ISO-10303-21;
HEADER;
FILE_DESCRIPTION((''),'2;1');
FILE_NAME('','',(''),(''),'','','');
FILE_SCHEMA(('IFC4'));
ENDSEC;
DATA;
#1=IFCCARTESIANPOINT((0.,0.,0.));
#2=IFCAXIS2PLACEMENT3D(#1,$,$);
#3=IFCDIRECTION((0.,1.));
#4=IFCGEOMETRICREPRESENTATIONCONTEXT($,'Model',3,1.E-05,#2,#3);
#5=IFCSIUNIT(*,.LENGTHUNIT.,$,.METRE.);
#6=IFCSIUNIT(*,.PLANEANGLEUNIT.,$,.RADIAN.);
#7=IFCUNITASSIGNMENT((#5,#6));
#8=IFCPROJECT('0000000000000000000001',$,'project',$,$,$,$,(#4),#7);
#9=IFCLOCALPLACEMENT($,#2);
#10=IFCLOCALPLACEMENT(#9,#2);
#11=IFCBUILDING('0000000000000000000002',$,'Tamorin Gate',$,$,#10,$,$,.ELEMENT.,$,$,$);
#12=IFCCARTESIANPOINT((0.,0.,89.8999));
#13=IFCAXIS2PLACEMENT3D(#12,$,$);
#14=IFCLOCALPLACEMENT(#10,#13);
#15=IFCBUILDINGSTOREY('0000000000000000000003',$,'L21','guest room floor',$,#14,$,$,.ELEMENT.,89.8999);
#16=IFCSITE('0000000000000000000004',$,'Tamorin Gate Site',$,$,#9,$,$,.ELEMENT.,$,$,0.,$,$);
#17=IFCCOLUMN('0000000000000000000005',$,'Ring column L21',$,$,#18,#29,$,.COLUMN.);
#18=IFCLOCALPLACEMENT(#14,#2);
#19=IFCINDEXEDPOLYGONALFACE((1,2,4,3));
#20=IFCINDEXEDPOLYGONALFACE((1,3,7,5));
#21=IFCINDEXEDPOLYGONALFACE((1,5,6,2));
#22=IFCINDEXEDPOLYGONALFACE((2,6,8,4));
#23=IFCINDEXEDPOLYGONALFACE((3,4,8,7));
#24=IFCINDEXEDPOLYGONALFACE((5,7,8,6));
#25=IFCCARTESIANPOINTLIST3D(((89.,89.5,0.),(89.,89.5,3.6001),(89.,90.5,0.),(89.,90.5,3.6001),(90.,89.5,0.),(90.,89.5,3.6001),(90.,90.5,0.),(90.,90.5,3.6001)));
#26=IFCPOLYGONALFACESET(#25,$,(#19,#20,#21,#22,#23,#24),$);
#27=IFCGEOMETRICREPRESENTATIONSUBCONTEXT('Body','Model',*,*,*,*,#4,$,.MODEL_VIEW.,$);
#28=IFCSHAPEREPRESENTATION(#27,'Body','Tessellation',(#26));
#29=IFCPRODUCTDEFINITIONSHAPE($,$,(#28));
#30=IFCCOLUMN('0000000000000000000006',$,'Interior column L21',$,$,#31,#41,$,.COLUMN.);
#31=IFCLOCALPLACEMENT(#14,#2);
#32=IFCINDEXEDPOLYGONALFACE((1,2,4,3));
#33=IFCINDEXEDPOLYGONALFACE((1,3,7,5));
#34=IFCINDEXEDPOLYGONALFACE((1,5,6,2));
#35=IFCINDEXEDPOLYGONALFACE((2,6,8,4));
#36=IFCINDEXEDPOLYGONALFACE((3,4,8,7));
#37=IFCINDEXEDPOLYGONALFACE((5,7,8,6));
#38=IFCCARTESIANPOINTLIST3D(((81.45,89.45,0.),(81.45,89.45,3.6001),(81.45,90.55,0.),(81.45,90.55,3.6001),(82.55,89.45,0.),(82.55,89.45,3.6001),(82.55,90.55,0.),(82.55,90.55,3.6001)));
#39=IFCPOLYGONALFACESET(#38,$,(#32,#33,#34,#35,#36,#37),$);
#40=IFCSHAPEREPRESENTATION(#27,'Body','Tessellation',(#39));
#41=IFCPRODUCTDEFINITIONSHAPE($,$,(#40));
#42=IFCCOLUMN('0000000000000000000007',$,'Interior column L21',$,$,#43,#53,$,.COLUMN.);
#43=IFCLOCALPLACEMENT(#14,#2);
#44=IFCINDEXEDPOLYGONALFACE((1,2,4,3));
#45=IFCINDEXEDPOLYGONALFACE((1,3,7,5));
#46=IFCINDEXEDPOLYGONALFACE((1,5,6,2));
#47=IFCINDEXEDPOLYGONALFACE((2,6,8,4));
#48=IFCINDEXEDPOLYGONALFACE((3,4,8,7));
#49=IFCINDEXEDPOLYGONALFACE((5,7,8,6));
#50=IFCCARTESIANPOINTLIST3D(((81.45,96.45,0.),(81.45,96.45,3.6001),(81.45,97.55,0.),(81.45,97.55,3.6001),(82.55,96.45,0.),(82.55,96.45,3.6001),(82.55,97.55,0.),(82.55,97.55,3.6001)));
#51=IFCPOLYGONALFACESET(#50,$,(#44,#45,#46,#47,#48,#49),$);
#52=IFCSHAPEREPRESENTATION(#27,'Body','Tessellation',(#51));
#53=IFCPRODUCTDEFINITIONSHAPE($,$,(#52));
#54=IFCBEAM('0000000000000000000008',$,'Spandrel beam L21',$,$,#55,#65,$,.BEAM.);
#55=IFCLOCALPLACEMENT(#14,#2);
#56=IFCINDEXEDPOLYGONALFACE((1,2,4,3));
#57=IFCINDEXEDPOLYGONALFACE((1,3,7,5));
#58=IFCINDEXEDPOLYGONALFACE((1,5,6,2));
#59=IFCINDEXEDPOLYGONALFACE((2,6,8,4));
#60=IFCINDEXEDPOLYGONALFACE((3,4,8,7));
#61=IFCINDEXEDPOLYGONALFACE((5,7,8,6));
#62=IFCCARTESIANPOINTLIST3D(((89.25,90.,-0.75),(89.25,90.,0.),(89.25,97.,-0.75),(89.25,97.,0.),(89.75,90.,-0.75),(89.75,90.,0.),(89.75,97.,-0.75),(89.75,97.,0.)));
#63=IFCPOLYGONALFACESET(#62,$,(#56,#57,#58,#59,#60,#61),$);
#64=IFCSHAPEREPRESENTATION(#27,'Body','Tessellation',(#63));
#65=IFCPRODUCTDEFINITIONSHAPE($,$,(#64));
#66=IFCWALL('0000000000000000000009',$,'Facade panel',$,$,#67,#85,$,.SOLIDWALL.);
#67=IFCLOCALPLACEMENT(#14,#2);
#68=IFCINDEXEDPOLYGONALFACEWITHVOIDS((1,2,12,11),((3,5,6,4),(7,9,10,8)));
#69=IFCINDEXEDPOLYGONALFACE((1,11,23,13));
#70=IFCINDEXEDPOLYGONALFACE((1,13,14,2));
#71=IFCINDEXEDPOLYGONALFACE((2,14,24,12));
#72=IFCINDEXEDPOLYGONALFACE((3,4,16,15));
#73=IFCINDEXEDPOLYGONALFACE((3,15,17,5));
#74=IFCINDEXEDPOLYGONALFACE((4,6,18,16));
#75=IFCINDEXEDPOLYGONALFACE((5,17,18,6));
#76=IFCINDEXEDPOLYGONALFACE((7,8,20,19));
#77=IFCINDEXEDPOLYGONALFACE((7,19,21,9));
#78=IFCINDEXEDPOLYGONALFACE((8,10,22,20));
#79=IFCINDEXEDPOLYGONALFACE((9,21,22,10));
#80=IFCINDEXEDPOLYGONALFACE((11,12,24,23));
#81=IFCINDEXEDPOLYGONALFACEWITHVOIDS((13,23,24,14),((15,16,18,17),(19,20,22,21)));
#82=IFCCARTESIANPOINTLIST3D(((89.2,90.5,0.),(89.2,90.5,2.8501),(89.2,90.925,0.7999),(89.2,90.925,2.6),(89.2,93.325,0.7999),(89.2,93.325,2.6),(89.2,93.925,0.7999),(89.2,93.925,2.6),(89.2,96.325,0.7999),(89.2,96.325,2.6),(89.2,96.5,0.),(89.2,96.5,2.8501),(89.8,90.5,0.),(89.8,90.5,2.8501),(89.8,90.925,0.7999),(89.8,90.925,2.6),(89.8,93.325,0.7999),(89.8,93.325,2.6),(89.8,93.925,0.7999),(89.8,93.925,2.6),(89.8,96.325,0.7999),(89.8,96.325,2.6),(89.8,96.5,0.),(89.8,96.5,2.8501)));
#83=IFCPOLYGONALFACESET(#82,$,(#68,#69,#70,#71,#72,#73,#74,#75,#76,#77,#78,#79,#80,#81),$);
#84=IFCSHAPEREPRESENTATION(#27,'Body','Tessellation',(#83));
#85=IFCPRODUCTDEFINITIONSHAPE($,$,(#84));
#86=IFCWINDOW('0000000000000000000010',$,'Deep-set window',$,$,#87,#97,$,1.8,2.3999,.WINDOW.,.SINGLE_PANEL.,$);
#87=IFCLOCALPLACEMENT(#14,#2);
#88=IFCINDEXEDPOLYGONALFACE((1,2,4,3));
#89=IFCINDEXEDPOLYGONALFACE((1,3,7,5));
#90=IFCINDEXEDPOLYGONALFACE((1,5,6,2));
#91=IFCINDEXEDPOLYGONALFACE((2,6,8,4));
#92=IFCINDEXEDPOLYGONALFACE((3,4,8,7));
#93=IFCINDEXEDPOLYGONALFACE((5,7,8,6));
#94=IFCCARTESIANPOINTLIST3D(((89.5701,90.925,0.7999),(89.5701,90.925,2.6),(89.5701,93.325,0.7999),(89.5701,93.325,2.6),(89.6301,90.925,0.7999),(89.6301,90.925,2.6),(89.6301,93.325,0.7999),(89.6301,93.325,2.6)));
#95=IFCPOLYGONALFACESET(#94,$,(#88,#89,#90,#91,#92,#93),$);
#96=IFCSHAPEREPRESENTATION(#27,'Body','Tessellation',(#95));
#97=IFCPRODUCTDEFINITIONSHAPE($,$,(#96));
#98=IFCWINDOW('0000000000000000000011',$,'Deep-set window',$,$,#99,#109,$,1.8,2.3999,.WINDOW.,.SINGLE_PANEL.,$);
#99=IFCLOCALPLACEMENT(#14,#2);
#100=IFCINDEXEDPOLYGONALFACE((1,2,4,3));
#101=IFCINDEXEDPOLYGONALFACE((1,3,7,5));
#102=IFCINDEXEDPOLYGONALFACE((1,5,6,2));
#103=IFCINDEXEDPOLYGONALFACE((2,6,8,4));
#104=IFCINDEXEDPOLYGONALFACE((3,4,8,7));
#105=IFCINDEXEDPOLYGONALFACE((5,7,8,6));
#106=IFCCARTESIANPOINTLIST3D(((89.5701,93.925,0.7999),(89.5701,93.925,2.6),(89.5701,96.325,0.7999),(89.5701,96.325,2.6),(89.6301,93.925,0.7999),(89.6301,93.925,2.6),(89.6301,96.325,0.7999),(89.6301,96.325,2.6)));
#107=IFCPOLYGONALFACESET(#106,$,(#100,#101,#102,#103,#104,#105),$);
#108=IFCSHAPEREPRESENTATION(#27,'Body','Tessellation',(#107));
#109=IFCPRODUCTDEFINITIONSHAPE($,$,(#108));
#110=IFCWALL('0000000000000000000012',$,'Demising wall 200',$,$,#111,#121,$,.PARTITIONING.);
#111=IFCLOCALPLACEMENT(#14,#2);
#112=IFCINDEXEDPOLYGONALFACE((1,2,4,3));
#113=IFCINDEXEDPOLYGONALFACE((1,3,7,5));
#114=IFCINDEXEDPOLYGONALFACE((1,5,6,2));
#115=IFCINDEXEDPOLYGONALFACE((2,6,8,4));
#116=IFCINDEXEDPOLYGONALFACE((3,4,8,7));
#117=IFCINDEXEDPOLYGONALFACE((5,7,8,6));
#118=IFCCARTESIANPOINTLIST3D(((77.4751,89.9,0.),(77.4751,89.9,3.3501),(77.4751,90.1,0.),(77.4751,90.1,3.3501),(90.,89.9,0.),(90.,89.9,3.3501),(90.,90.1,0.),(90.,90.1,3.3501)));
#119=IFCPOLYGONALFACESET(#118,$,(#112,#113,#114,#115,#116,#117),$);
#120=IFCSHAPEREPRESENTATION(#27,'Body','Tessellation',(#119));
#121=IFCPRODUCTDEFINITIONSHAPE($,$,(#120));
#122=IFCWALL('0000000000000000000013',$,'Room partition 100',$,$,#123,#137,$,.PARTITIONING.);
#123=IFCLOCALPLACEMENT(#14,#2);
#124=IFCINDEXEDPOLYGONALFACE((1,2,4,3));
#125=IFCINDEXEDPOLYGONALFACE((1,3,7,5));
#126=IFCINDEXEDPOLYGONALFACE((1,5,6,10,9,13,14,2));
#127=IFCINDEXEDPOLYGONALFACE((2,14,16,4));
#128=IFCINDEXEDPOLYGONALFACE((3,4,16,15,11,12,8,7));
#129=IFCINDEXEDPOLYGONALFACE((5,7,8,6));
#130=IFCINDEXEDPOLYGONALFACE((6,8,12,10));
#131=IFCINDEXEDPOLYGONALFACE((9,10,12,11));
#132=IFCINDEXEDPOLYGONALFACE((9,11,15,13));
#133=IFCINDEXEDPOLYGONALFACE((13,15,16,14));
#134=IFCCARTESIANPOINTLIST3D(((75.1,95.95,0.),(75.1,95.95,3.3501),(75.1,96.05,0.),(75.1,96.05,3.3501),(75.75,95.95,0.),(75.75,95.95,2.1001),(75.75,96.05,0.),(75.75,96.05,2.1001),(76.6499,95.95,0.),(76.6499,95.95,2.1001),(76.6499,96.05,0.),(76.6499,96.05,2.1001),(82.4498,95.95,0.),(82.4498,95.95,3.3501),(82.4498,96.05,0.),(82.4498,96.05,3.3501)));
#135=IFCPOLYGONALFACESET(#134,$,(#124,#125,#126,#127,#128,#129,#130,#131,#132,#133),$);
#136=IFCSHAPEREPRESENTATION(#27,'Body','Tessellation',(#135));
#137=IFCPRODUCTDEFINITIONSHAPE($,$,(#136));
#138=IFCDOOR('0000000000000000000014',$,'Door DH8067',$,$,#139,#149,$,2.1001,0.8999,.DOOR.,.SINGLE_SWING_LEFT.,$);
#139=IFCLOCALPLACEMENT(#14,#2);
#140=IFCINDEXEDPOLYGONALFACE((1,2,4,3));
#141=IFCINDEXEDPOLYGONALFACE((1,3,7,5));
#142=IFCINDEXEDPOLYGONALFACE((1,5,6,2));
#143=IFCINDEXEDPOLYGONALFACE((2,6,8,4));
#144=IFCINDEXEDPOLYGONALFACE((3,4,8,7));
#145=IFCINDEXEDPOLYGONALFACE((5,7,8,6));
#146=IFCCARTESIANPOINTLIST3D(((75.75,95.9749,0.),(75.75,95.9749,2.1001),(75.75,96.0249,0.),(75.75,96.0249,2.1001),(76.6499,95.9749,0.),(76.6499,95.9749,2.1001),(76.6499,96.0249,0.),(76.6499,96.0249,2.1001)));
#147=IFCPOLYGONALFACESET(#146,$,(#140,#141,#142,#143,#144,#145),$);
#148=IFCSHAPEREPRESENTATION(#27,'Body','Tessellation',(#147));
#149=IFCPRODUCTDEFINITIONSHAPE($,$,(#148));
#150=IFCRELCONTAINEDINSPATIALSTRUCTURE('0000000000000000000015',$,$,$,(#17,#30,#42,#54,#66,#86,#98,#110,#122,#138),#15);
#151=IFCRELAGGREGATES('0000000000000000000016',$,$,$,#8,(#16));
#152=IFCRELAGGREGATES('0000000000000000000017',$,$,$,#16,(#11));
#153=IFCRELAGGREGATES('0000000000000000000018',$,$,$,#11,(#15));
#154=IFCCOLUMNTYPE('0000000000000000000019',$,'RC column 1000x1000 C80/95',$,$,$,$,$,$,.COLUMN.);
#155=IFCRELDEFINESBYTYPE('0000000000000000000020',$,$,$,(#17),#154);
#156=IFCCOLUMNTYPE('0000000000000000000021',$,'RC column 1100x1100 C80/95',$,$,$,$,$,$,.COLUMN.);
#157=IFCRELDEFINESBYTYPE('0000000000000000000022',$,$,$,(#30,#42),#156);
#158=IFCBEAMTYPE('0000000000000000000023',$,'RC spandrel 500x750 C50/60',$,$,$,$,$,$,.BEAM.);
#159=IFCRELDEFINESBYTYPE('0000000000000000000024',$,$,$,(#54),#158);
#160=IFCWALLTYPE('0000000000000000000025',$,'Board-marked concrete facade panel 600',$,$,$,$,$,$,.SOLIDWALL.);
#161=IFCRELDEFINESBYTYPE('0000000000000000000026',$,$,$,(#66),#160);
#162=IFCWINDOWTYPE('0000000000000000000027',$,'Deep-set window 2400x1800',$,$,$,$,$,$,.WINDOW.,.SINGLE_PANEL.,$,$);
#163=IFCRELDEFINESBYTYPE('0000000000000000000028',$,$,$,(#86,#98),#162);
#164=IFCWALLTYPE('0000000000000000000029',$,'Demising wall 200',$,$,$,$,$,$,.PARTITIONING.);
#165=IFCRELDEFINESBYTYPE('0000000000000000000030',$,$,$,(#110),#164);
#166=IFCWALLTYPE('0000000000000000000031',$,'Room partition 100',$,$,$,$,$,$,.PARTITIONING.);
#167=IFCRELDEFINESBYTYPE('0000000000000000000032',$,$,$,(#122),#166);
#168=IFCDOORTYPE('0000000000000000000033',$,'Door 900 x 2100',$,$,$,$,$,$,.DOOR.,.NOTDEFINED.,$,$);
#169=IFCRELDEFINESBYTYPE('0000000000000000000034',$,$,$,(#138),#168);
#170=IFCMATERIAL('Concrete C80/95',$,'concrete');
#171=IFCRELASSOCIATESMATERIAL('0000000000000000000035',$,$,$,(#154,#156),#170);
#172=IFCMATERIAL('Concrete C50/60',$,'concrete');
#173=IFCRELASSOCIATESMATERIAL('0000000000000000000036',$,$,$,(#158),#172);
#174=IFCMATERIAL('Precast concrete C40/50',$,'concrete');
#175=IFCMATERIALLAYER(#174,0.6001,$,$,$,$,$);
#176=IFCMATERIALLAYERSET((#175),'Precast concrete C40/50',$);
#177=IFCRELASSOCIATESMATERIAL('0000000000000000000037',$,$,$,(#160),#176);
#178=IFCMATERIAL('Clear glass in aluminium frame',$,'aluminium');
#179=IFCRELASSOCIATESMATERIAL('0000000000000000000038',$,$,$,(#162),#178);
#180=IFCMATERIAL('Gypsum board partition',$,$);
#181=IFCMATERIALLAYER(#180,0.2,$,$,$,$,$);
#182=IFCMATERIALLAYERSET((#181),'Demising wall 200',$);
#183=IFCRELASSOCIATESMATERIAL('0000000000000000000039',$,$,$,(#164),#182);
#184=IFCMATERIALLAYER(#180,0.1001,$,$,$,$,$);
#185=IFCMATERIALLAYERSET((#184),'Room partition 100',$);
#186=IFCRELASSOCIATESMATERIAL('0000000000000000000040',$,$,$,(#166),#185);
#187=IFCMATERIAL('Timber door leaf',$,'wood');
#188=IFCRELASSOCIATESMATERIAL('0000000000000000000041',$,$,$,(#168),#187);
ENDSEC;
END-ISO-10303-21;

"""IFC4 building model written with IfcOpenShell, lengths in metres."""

from ifc_helpers import new_model, si_unit, direction, frame, frame_2d, origin, origin_2d, place, context, subcontext, project, spatial, rectangle, extrude, material, layer, layer_set, material_profile, profile_set, type_object, element, fill, save


model = new_model("IFC4")

# Units and contexts
model_context = context("Model", 3, precision=1e-05, world=origin(), true_north=direction((0.0, 1.0)))
body_context = subcontext(model_context, "Body", "Model", "MODEL_VIEW")
ifc_project = project(units=[si_unit("LENGTHUNIT", "METRE"), si_unit("PLANEANGLEUNIT", "RADIAN")], contexts=[model_context])

# Site, building, storey
site_placement = place(None, origin())
site = spatial("IfcSite", under=ifc_project, at=site_placement, Name="Tamorin Gate Site", CompositionType="ELEMENT", RefElevation=0.0)
building_placement = place(site_placement, origin())
building = spatial("IfcBuilding", under=site, at=building_placement, Name="Tamorin Gate", CompositionType="ELEMENT")
storey_placement = place(building_placement, frame((0.0, 0.0, 89.8999)))
storey = spatial("IfcBuildingStorey", under=building, at=storey_placement, Name="L21", Description="guest room floor", CompositionType="ELEMENT", Elevation=89.8999)

# Columns
ifc_material_1 = material(Name="Concrete C80/95", Category="concrete")
ifc_material_profile_1 = material_profile(ifc_material_1, rectangle(XDim=1.0, YDim=1.0, at=origin_2d()), Name="RC 1000x1000")
ifc_profile_set_1 = profile_set([ifc_material_profile_1], Name="Concrete C80/95")
column_type_1 = type_object("IfcColumnType", Name="RC column 1000x1000 C80/95", PredefinedType="COLUMN", material=ifc_profile_set_1)
column_placement = place(storey_placement, frame((89.5, 90.0, 0.0), z_axis=(0.0, 0.0, 1.0), x_axis=(1.0, 0.0, 0.0)))
element("IfcColumn", 1, at=column_placement, inside=storey, type_object=column_type_1, Name="Ring column L21", PredefinedType="COLUMN", context=body_context, shape_type="SweptSolid", body=[
    extrude(rectangle(XDim=1.0, YDim=1.0, at=origin_2d()), origin(), (0.0, 0.0, 1.0), 3.6001),
])
ifc_material_profile_2 = material_profile(ifc_material_1, rectangle(XDim=1.1001, YDim=1.1001, at=origin_2d()), Name="RC 1100x1100")
ifc_profile_set_2 = profile_set([ifc_material_profile_2], Name="Concrete C80/95")
column_type_2 = type_object("IfcColumnType", Name="RC column 1100x1100 C80/95", PredefinedType="COLUMN", material=ifc_profile_set_2)
for number, where, z_axis, x_axis, name in (
    (2, (82.0, 90.0, 0.0), (0.0, 0.0, 1.0), (1.0, 0.0, 0.0), "Interior column L21"),
    (3, (82.0, 97.0, 0.0), (0.0, 0.0, 1.0), (1.0, 0.0, 0.0), "Interior column L21"),
):
    element("IfcColumn", number, at=place(storey_placement, frame(where, z_axis=z_axis, x_axis=x_axis)), inside=storey, type_object=column_type_2, Name=name, PredefinedType="COLUMN", context=body_context, shape_type="SweptSolid", body=[
        extrude(rectangle(XDim=1.1001, YDim=1.1001, at=origin_2d()), origin(), (0.0, 0.0, 1.0), 3.6001),
    ])

# Beam
ifc_material_2 = material(Name="Concrete C50/60", Category="concrete")
ifc_material_profile_3 = material_profile(ifc_material_2, rectangle(XDim=0.5, YDim=0.75, at=origin_2d()), Name="RC 500x750")
ifc_profile_set_3 = profile_set([ifc_material_profile_3], Name="Concrete C50/60")
beam_type = type_object("IfcBeamType", Name="RC spandrel 500x750 C50/60", PredefinedType="BEAM", material=ifc_profile_set_3)
beam_placement = place(storey_placement, frame((89.5, 90.0, -0.375), z_axis=(0.0, 1.0, 0.0), x_axis=(-1.0, 0.0, 0.0)))
element("IfcBeam", 4, at=beam_placement, inside=storey, type_object=beam_type, Name="Spandrel beam L21", PredefinedType="BEAM", context=body_context, shape_type="SweptSolid", body=[
    extrude(rectangle(XDim=0.5, YDim=0.75, at=origin_2d()), origin(), (0.0, 0.0, 1.0), 7.0),
])

# Wall, openings, windows
ifc_material_3 = material(Name="Precast concrete C40/50", Category="concrete")
ifc_layer_1 = layer(ifc_material_3, 0.6001)
ifc_layer_set_1 = layer_set([ifc_layer_1], Name="Precast concrete C40/50")
wall_type_1 = type_object("IfcWallType", Name="Board-marked concrete facade panel 600", PredefinedType="SOLIDWALL", material=ifc_layer_set_1)
wall_1_placement = place(storey_placement, frame((89.5, 90.5, 0.0), z_axis=(0.0, 0.0, 1.0), x_axis=(0.0, 1.0, 0.0)))
wall_1 = element("IfcWall", 5, at=wall_1_placement, inside=storey, type_object=wall_type_1, Name="Facade panel", PredefinedType="SOLIDWALL", context=body_context, shape_type="SweptSolid", body=[
    extrude(rectangle(XDim=6.0, YDim=0.6001, at=frame_2d((3.0, 0.0))), origin(), (0.0, 0.0, 1.0), 2.8501),
])
opening_1_placement = place(wall_1_placement, frame((0.425, 0.0, 0.8)))
opening_1 = element("IfcOpeningElement", 6, at=opening_1_placement, cuts=wall_1, PredefinedType="OPENING", context=body_context, shape_type="SweptSolid", body=[
    extrude(rectangle(XDim=2.3999, YDim=1.8, at=frame_2d((1.2, 0.8999))), frame((0.0, 0.3101, 0.0), z_axis=(0.0, -1.0, 0.0), x_axis=(1.0, 0.0, 0.0)), (0.0, 0.0, 1.0), 0.6201),
])
opening_2_placement = place(wall_1_placement, frame((3.425, 0.0, 0.8)))
opening_2 = element("IfcOpeningElement", 7, at=opening_2_placement, cuts=wall_1, PredefinedType="OPENING", context=body_context, shape_type="SweptSolid", body=[
    extrude(rectangle(XDim=2.3999, YDim=1.8, at=frame_2d((1.2, 0.8999))), frame((0.0, 0.3101, 0.0), z_axis=(0.0, -1.0, 0.0), x_axis=(1.0, 0.0, 0.0)), (0.0, 0.0, 1.0), 0.6201),
])
ifc_material_4 = material(Name="Clear glass in aluminium frame", Category="aluminium")
window_type = type_object("IfcWindowType", Name="Deep-set window 2400x1800", PartitioningType="SINGLE_PANEL", PredefinedType="WINDOW", material=ifc_material_4)
window_1_placement = place(opening_1_placement, origin())
window_1 = element("IfcWindow", 8, at=window_1_placement, inside=storey, type_object=window_type, Name="Deep-set window", OverallHeight=1.8, OverallWidth=2.3999, PartitioningType="SINGLE_PANEL", PredefinedType="WINDOW", context=body_context, shape_type="SweptSolid", body=[
    extrude(rectangle(XDim=2.3999, YDim=1.8, at=frame_2d((1.2, 0.8999))), frame((0.0, -0.0701, 0.0), z_axis=(0.0, -1.0, 0.0), x_axis=(1.0, 0.0, 0.0)), (0.0, 0.0, 1.0), 0.0601),
])
fill(opening_1, window_1)
window_2_placement = place(opening_2_placement, origin())
window_2 = element("IfcWindow", 9, at=window_2_placement, inside=storey, type_object=window_type, Name="Deep-set window", OverallHeight=1.8, OverallWidth=2.3999, PartitioningType="SINGLE_PANEL", PredefinedType="WINDOW", context=body_context, shape_type="SweptSolid", body=[
    extrude(rectangle(XDim=2.3999, YDim=1.8, at=frame_2d((1.2, 0.8999))), frame((0.0, -0.0701, 0.0), z_axis=(0.0, -1.0, 0.0), x_axis=(1.0, 0.0, 0.0)), (0.0, 0.0, 1.0), 0.0601),
])
fill(opening_2, window_2)

# Wall
ifc_material_5 = material(Name="Gypsum board partition")
ifc_layer_2 = layer(ifc_material_5, 0.2)
ifc_layer_set_2 = layer_set([ifc_layer_2], Name="Demising wall 200")
wall_type_2 = type_object("IfcWallType", Name="Demising wall 200", PredefinedType="PARTITIONING", material=ifc_layer_set_2)
wall_2_placement = place(storey_placement, frame((77.4751, 90.0, 0.0), z_axis=(0.0, 0.0, 1.0), x_axis=(1.0, 0.0, 0.0)))
element("IfcWall", 10, at=wall_2_placement, inside=storey, type_object=wall_type_2, Name="Demising wall 200", PredefinedType="PARTITIONING", context=body_context, shape_type="SweptSolid", body=[
    extrude(rectangle(XDim=12.5249, YDim=0.2, at=frame_2d((6.2625, 0.0))), origin(), (0.0, 0.0, 1.0), 3.3501),
])

# Wall, opening, door
ifc_layer_3 = layer(ifc_material_5, 0.1001)
ifc_layer_set_3 = layer_set([ifc_layer_3], Name="Room partition 100")
wall_type_3 = type_object("IfcWallType", Name="Room partition 100", PredefinedType="PARTITIONING", material=ifc_layer_set_3)
wall_3_placement = place(storey_placement, frame((75.1001, 96.0, 0.0), z_axis=(0.0, 0.0, 1.0), x_axis=(1.0, 0.0, 0.0)))
wall_3 = element("IfcWall", 11, at=wall_3_placement, inside=storey, type_object=wall_type_3, Name="Room partition 100", PredefinedType="PARTITIONING", context=body_context, shape_type="SweptSolid", body=[
    extrude(rectangle(XDim=7.3499, YDim=0.1001, at=frame_2d((3.6748, 0.0))), origin(), (0.0, 0.0, 1.0), 3.3501),
])
opening_3_placement = place(wall_3_placement, frame((0.6499, 0.0, 0.0)))
opening_3 = element("IfcOpeningElement", 12, at=opening_3_placement, cuts=wall_3, PredefinedType="OPENING", context=body_context, shape_type="SweptSolid", body=[
    extrude(rectangle(XDim=0.8999, YDim=2.1001, at=frame_2d((0.45, 1.05))), frame((0.0, 0.0601, 0.0), z_axis=(0.0, -1.0, 0.0), x_axis=(1.0, 0.0, 0.0)), (0.0, 0.0, 1.0), 0.1201),
])
ifc_material_6 = material(Name="Timber door leaf", Category="wood")
door_type = type_object("IfcDoorType", Name="Door 900 x 2100", OperationType="NOTDEFINED", PredefinedType="DOOR", material=ifc_material_6)
door_1_placement = place(opening_3_placement, origin())
door_1 = element("IfcDoor", 13, at=door_1_placement, inside=storey, type_object=door_type, Name="Door DH8067", OperationType="SINGLE_SWING_LEFT", OverallHeight=2.1001, OverallWidth=0.8999, PredefinedType="DOOR", context=body_context, shape_type="SweptSolid", body=[
    extrude(rectangle(XDim=0.8999, YDim=2.1001, at=frame_2d((0.45, 1.05))), frame((0.0, 0.0249, 0.0), z_axis=(0.0, -1.0, 0.0), x_axis=(1.0, 0.0, 0.0)), (0.0, 0.0, 1.0), 0.05),
])
fill(opening_3, door_1)

save(model, "model.ifc")
